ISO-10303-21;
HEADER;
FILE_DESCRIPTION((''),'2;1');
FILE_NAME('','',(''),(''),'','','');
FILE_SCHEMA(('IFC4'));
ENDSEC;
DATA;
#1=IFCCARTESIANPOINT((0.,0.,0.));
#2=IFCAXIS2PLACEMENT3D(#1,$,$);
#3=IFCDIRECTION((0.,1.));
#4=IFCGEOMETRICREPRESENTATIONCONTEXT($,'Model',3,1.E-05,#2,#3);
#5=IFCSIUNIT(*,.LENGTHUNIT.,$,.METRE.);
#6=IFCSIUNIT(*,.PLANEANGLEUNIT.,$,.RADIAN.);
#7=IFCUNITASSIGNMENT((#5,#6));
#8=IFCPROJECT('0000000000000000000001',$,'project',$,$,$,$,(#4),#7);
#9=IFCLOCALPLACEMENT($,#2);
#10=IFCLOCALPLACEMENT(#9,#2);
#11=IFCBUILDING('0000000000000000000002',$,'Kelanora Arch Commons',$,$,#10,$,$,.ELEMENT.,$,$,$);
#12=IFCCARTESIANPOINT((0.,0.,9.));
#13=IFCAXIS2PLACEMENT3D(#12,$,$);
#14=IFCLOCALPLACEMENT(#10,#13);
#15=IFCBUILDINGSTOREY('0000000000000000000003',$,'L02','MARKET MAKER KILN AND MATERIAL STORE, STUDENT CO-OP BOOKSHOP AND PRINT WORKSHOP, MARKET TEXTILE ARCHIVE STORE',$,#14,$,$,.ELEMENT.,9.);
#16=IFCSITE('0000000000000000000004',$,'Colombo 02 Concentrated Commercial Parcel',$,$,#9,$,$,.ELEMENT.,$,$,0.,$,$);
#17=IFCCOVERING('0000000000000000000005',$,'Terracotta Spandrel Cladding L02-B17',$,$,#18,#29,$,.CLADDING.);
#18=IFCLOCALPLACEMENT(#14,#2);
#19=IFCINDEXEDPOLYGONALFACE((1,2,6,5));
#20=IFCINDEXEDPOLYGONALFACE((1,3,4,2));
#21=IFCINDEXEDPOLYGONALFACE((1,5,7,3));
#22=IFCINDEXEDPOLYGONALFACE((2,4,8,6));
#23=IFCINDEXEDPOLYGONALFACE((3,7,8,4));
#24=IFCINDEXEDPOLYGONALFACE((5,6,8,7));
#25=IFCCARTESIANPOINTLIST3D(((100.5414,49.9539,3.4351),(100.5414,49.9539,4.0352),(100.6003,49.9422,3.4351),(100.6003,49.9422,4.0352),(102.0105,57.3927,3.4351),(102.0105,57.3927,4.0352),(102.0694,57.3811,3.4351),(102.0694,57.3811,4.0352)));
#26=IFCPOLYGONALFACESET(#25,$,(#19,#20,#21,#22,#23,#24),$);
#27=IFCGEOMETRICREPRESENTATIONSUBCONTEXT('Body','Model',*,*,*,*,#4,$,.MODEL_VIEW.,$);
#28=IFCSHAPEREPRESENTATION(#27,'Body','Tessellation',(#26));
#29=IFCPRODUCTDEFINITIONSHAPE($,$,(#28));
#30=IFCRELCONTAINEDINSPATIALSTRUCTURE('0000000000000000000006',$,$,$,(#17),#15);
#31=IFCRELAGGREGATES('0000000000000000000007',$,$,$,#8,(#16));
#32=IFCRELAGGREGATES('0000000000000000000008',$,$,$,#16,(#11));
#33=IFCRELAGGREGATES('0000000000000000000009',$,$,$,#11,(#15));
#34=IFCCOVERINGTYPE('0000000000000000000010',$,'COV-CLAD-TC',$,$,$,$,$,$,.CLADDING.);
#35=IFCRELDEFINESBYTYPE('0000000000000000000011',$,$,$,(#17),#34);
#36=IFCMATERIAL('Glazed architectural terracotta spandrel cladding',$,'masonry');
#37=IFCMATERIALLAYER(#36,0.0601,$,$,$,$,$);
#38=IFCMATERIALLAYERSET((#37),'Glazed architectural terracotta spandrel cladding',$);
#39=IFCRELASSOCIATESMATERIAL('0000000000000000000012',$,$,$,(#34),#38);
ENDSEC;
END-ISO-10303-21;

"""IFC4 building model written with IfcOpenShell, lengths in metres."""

from ifc_helpers import new_model, si_unit, direction, frame, origin, origin_2d, place, context, subcontext, project, spatial, rectangle, extrude, source, transform, mapped, material, layer, layer_set, type_object, element, save


model = new_model("IFC4")

# Units and contexts
model_context = context("Model", 3, precision=1e-05, world=origin(), true_north=direction((0.0, 1.0)))
body_context = subcontext(model_context, "Body", "Model", "MODEL_VIEW")
ifc_project = project(units=[si_unit("LENGTHUNIT", "METRE"), si_unit("PLANEANGLEUNIT", "RADIAN")], contexts=[model_context])

# Site, building, storey
site_placement = place(None, origin())
site = spatial("IfcSite", under=ifc_project, at=site_placement, Name="Colombo 02 Concentrated Commercial Parcel", CompositionType="ELEMENT", RefElevation=0.0)
building_placement = place(site_placement, origin())
building = spatial("IfcBuilding", under=site, at=building_placement, Name="Kelanora Arch Commons", CompositionType="ELEMENT")
storey_placement = place(building_placement, frame((0.0, 0.0, 9.0)))
storey = spatial("IfcBuildingStorey", under=building, at=storey_placement, Name="L02", Description="MARKET MAKER KILN AND MATERIAL STORE, STUDENT CO-OP BOOKSHOP AND PRINT WORKSHOP, MARKET TEXTILE ARCHIVE STORE", CompositionType="ELEMENT", Elevation=9.0)

# Covering
ifc_material_1 = material(Name="Glazed architectural terracotta spandrel cladding", Category="masonry")
ifc_layer_1 = layer(ifc_material_1, 0.0601)
ifc_layer_set_1 = layer_set([ifc_layer_1], Name="Glazed architectural terracotta spandrel cladding")
covering_type = type_object("IfcCoveringType", Name="COV-CLAD-TC", PredefinedType="CLADDING", material=ifc_layer_set_1)
shared_shape_1 = source(origin(), body_context, "Body", "SweptSolid", [
    extrude(rectangle(XDim=7.5825, YDim=0.0601, at=origin_2d()), origin(), (0.0, 0.0, 1.0), 0.6001),
])
covering_placement = place(storey_placement, frame((101.3054, 53.6675, 3.4351), z_axis=(0.0, 0.0, 1.0), x_axis=(0.193744, 0.981052, 0.0)))
element("IfcCovering", 1, at=covering_placement, inside=storey, type_object=covering_type, Name="Terracotta Spandrel Cladding L02-B17", PredefinedType="CLADDING", context=body_context, shape_type="MappedRepresentation", body=[
    mapped(shared_shape_1, transform((0.0, 0.0, 0.0), scale=1.0)),
])

save(model, "model.ifc")
